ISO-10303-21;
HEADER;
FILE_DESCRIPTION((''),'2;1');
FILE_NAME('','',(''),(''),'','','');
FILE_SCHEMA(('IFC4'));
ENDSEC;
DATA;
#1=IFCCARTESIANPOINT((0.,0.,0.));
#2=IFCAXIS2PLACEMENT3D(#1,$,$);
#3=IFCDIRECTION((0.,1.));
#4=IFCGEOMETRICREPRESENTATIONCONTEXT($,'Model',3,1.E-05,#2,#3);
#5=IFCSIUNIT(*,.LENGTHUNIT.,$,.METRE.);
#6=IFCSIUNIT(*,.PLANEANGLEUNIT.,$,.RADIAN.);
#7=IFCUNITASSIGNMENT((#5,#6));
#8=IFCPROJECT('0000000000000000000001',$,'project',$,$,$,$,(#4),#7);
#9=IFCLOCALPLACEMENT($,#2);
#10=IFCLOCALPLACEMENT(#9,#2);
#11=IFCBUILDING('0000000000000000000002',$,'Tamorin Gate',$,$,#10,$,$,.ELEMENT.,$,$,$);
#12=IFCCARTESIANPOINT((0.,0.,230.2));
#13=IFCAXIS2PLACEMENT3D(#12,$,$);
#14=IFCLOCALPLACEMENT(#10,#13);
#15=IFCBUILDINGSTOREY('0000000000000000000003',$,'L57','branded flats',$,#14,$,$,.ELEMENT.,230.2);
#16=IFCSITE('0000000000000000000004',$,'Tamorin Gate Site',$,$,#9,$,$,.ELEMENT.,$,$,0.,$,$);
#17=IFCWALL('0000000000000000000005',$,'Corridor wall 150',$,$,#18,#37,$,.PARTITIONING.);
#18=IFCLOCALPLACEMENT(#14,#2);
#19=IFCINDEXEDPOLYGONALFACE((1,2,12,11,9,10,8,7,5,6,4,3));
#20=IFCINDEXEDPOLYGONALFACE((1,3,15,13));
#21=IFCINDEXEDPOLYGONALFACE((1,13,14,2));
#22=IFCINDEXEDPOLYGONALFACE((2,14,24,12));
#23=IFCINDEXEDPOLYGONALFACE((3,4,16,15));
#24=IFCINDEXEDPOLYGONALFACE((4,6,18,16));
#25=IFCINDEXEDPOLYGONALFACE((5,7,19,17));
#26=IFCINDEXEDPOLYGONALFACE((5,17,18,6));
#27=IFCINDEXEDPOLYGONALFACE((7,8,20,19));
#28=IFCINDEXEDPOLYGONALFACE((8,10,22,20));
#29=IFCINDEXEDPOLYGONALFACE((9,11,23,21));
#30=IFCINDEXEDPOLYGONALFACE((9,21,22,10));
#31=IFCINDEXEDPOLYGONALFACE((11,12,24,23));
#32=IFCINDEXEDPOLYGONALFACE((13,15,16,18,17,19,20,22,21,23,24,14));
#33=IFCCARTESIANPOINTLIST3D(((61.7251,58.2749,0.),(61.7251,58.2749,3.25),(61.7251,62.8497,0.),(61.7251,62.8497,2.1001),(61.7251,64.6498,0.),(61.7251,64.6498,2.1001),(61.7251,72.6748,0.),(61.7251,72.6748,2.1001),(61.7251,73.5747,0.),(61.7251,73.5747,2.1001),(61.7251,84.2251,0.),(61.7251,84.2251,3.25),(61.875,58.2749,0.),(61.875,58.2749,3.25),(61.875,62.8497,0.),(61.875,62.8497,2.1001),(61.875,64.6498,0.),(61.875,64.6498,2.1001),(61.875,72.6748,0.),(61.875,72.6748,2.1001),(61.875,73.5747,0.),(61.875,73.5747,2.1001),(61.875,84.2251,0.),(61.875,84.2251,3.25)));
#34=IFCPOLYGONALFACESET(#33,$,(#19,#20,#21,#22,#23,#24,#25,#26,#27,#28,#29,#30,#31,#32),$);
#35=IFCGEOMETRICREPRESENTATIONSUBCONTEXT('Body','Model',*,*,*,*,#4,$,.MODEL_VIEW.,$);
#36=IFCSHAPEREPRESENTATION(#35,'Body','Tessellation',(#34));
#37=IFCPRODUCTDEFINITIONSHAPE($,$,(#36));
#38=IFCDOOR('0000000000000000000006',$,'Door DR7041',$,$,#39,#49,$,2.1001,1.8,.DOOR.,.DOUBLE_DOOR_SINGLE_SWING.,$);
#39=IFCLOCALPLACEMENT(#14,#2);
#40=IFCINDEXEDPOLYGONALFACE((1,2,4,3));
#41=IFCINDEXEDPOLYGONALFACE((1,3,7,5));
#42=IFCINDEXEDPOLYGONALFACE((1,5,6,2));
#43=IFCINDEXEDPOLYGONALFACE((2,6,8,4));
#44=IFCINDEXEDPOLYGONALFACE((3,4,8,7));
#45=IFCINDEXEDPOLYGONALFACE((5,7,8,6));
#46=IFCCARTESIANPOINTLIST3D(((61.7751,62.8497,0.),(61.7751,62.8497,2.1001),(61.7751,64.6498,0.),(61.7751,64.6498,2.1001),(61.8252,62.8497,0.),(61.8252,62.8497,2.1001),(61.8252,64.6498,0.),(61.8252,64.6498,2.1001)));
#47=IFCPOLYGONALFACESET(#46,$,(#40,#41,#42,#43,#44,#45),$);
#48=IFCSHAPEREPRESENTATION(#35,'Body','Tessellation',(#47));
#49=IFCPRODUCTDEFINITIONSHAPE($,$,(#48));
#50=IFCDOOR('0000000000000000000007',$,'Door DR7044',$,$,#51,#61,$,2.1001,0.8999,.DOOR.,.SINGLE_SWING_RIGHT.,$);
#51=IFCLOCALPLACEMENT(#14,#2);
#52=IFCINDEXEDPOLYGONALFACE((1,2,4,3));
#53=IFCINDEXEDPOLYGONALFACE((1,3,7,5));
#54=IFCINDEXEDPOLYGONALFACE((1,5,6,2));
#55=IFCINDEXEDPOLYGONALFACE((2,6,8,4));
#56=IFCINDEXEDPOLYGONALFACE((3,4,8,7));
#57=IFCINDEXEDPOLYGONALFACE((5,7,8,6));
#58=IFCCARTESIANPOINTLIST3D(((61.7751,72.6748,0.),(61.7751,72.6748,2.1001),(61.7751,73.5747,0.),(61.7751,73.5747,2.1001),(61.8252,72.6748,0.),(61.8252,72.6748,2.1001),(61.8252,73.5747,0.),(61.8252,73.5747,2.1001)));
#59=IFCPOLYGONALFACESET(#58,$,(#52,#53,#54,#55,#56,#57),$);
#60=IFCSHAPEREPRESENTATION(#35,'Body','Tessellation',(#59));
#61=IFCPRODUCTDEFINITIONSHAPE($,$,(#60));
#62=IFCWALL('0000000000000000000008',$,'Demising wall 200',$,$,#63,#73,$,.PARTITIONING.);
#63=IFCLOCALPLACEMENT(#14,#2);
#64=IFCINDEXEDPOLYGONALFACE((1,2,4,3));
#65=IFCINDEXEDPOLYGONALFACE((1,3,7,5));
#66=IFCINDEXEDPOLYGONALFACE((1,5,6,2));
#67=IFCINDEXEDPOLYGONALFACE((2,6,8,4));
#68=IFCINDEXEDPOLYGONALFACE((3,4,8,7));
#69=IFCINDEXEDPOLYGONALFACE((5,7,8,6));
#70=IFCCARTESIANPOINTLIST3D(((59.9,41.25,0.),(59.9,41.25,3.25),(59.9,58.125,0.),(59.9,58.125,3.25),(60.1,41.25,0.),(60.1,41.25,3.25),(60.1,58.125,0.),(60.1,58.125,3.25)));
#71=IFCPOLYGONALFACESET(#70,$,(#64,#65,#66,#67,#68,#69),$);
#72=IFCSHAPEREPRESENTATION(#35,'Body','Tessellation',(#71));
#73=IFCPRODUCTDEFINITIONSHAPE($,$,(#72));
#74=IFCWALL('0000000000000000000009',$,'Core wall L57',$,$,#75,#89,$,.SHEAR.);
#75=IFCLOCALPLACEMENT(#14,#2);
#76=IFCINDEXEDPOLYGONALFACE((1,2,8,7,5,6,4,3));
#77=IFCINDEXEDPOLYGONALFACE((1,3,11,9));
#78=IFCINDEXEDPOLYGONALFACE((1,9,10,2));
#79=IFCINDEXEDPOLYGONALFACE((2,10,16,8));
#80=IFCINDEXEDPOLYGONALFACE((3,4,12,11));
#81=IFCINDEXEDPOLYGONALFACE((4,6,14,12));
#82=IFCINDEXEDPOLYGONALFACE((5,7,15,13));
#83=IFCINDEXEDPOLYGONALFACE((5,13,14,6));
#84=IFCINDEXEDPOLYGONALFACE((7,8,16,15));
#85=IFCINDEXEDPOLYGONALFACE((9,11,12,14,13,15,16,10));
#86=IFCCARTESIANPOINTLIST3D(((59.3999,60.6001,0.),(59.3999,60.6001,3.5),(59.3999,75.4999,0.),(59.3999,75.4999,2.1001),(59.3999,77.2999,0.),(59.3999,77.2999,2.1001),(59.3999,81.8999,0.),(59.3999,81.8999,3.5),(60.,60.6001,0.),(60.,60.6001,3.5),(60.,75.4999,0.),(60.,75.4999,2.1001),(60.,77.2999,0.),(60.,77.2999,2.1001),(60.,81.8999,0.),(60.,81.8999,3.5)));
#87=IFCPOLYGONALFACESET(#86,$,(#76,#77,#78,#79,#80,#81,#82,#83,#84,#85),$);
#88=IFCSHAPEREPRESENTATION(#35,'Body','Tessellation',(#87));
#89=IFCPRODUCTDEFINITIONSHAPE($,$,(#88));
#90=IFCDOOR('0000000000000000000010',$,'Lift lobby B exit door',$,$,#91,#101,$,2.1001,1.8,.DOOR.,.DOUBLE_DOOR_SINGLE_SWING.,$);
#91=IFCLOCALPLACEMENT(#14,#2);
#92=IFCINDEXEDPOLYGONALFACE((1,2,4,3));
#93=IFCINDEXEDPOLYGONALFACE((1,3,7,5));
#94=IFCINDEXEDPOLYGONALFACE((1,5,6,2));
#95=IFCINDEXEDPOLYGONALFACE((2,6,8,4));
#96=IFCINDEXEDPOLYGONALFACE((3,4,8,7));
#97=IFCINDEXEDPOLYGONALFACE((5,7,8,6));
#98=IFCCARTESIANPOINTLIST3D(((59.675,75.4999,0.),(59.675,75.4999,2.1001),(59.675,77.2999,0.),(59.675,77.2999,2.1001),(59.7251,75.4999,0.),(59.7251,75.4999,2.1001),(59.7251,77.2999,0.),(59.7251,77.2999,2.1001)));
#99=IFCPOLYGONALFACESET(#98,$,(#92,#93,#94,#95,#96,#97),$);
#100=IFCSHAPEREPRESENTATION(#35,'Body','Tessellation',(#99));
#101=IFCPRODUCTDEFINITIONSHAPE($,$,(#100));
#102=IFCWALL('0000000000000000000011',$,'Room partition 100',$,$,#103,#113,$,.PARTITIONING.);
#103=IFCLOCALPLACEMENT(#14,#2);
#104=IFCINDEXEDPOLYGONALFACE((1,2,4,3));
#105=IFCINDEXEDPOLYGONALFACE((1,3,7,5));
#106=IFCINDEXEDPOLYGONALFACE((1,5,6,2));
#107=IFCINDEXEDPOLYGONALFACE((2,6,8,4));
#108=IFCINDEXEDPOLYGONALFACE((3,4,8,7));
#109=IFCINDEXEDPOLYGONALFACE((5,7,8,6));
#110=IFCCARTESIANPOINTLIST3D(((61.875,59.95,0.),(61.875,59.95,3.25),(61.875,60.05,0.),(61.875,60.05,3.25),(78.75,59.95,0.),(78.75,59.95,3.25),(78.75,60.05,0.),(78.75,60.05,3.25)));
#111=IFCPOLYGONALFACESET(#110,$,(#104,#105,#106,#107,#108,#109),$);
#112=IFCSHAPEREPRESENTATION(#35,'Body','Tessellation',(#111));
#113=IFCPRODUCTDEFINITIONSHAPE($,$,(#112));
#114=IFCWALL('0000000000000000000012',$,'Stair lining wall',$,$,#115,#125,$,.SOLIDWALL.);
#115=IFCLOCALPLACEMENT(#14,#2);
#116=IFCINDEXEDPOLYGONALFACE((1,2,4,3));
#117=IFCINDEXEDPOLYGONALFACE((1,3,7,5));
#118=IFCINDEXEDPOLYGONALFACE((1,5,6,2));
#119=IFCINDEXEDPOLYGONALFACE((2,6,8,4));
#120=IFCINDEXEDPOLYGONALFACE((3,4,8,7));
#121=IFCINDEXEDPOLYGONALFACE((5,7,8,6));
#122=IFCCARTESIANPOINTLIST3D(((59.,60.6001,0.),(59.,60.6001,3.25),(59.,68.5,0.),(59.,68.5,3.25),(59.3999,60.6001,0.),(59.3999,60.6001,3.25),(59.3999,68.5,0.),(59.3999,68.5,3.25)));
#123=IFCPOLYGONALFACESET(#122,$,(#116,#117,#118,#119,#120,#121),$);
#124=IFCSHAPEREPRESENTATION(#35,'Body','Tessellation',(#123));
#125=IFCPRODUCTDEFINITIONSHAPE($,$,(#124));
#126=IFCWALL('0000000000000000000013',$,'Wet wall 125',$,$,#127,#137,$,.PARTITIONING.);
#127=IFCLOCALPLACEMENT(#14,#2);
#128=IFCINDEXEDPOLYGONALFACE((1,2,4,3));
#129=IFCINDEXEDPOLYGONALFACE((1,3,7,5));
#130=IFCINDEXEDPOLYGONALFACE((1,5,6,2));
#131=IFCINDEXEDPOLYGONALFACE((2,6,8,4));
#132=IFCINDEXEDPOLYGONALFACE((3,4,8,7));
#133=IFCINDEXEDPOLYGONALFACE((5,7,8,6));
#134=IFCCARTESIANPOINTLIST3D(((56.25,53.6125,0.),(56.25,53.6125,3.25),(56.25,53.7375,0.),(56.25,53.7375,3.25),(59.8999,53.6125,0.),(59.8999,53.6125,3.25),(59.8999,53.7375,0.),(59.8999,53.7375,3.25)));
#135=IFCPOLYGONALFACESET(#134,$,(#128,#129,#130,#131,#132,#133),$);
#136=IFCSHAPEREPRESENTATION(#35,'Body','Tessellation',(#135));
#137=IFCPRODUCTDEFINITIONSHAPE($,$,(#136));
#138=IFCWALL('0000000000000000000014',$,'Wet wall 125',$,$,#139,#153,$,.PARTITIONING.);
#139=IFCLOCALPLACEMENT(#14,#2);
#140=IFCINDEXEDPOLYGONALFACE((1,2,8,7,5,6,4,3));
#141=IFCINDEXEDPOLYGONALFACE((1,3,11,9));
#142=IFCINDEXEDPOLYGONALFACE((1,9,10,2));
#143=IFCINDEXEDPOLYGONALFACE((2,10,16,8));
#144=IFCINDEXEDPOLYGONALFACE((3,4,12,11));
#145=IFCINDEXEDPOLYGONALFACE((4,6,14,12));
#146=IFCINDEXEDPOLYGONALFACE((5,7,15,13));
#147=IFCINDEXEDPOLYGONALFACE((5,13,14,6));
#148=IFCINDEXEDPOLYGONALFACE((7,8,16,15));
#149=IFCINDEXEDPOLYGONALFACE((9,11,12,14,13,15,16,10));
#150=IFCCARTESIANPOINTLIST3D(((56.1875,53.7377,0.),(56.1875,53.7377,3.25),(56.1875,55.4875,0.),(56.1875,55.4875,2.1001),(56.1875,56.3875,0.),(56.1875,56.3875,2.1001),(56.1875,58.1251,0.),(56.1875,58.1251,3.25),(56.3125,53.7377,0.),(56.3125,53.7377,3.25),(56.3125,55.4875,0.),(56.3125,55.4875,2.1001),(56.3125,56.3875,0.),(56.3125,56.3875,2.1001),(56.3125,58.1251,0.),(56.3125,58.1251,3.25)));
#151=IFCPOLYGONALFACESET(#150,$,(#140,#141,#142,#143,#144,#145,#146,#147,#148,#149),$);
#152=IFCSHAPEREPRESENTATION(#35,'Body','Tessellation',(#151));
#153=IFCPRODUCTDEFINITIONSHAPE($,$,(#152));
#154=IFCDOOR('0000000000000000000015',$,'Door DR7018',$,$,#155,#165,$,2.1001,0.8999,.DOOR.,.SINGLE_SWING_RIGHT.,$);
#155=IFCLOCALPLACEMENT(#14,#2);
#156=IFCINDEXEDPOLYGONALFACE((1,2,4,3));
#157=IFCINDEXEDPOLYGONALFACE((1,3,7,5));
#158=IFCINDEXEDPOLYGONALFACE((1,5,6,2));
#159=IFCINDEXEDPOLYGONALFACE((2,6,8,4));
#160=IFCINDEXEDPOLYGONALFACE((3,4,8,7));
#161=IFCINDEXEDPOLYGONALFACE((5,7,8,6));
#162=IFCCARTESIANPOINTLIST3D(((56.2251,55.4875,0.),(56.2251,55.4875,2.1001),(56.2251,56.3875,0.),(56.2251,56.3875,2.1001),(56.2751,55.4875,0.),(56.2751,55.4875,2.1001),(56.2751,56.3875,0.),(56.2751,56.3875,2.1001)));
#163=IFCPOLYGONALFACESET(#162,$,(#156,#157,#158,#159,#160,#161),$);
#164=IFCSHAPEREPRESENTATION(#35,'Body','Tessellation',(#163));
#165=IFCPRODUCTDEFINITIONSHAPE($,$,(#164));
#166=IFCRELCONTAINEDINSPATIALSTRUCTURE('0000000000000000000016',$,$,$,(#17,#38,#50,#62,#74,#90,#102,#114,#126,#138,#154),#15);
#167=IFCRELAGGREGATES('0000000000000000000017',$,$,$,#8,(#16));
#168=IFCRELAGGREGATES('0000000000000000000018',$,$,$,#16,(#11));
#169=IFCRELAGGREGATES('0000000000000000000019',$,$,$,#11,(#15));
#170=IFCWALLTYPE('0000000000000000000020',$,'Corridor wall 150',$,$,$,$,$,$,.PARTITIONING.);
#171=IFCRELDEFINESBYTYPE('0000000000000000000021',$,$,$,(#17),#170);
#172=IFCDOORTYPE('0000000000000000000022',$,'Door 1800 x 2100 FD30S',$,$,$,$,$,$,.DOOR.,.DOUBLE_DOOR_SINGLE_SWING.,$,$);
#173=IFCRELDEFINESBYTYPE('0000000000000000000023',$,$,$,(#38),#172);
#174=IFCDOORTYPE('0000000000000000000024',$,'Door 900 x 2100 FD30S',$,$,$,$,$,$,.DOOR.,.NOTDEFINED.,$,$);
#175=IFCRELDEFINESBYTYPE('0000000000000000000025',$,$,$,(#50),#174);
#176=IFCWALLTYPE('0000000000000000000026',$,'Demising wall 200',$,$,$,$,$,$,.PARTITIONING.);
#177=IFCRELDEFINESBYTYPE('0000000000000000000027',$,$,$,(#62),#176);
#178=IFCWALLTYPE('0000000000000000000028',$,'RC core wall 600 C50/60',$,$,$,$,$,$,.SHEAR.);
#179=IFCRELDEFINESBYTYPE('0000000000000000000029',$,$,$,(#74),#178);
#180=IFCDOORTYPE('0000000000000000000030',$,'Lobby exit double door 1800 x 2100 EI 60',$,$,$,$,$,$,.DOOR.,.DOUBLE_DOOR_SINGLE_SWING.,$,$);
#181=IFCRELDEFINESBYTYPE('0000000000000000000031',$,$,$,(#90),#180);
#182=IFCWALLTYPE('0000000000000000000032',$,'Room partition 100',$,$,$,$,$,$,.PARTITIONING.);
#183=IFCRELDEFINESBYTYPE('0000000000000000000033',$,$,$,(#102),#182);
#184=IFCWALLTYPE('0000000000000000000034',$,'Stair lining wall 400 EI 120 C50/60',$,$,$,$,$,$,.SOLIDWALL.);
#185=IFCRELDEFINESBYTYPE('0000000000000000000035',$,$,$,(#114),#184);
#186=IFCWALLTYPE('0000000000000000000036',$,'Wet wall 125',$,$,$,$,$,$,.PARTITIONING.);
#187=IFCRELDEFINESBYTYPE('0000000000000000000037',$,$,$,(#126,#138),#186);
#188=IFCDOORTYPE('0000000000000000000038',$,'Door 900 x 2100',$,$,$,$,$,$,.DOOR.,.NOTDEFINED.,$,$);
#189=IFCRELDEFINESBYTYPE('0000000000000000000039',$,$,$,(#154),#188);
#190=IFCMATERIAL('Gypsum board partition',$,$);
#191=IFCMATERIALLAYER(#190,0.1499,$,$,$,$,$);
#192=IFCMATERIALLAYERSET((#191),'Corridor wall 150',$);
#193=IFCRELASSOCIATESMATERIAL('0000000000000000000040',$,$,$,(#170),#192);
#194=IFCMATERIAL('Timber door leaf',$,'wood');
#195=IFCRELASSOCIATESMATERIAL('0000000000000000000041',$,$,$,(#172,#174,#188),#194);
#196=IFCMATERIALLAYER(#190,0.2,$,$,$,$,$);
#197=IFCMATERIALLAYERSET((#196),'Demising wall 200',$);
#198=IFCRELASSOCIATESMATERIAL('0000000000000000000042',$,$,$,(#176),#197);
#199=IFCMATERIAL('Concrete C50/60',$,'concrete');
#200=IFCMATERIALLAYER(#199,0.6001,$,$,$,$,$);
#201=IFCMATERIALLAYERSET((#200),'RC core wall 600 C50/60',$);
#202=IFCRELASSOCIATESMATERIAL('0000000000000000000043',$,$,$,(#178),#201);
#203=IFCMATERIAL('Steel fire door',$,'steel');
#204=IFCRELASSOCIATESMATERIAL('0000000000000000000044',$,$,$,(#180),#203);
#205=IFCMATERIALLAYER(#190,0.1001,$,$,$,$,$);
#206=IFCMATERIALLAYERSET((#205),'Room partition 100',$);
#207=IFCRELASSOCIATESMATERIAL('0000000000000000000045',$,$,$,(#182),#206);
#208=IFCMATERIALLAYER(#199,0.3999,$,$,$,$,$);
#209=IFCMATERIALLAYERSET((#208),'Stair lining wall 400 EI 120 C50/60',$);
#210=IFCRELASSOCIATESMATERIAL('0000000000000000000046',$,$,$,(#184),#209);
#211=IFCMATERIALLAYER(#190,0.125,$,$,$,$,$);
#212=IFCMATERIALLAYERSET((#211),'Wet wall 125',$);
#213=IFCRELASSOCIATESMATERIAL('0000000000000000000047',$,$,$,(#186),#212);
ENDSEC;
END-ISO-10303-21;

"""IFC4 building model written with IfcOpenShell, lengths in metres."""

from ifc_helpers import new_model, si_unit, direction, frame, frame_2d, origin, place, context, subcontext, project, spatial, rectangle, extrude, material, layer, layer_set, type_object, element, fill, save


model = new_model("IFC4")

# Units and contexts
model_context = context("Model", 3, precision=1e-05, world=origin(), true_north=direction((0.0, 1.0)))
body_context = subcontext(model_context, "Body", "Model", "MODEL_VIEW")
ifc_project = project(units=[si_unit("LENGTHUNIT", "METRE"), si_unit("PLANEANGLEUNIT", "RADIAN")], contexts=[model_context])

# Site, building, storey
site_placement = place(None, origin())
site = spatial("IfcSite", under=ifc_project, at=site_placement, Name="Tamorin Gate Site", CompositionType="ELEMENT", RefElevation=0.0)
building_placement = place(site_placement, origin())
building = spatial("IfcBuilding", under=site, at=building_placement, Name="Tamorin Gate", CompositionType="ELEMENT")
storey_placement = place(building_placement, frame((0.0, 0.0, 230.2)))
storey = spatial("IfcBuildingStorey", under=building, at=storey_placement, Name="L57", Description="branded flats", CompositionType="ELEMENT", Elevation=230.2)

# Shared definitions
ifc_material_1 = material(Name="Concrete C50/60", Category="concrete")

# Wall, openings, doors
ifc_material_2 = material(Name="Gypsum board partition")
ifc_layer_1 = layer(ifc_material_2, 0.1499)
ifc_layer_set_1 = layer_set([ifc_layer_1], Name="Corridor wall 150")
wall_type_1 = type_object("IfcWallType", Name="Corridor wall 150", PredefinedType="PARTITIONING", material=ifc_layer_set_1)
wall_1_placement = place(storey_placement, frame((61.8, 58.2749, 0.0), z_axis=(0.0, 0.0, 1.0), x_axis=(0.0, 1.0, 0.0)))
wall_1 = element("IfcWall", 1, at=wall_1_placement, inside=storey, type_object=wall_type_1, Name="Corridor wall 150", PredefinedType="PARTITIONING", context=body_context, shape_type="SweptSolid", body=[
    extrude(rectangle(XDim=25.9502, YDim=0.1499, at=frame_2d((12.9751, 0.0))), origin(), (0.0, 0.0, 1.0), 3.25),
])
opening_1_placement = place(wall_1_placement, frame((4.575, 0.0, 0.0)))
opening_1 = element("IfcOpeningElement", 2, at=opening_1_placement, cuts=wall_1, PredefinedType="OPENING", context=body_context, shape_type="SweptSolid", body=[
    extrude(rectangle(XDim=1.8, YDim=2.1001, at=frame_2d((0.8999, 1.05))), frame((0.0, 0.085, 0.0), z_axis=(0.0, -1.0, 0.0), x_axis=(1.0, 0.0, 0.0)), (0.0, 0.0, 1.0), 0.1699),
])
opening_2_placement = place(wall_1_placement, frame((14.3999, 0.0, 0.0)))
opening_2 = element("IfcOpeningElement", 3, at=opening_2_placement, cuts=wall_1, PredefinedType="OPENING", context=body_context, shape_type="SweptSolid", body=[
    extrude(rectangle(XDim=0.8999, YDim=2.1001, at=frame_2d((0.45, 1.05))), frame((0.0, 0.085, 0.0), z_axis=(0.0, -1.0, 0.0), x_axis=(1.0, 0.0, 0.0)), (0.0, 0.0, 1.0), 0.1699),
])
ifc_material_3 = material(Name="Timber door leaf", Category="wood")
door_type_1 = type_object("IfcDoorType", Name="Door 1800 x 2100 FD30S", OperationType="DOUBLE_DOOR_SINGLE_SWING", PredefinedType="DOOR", material=ifc_material_3)
door_1_placement = place(opening_1_placement, origin())
door_1 = element("IfcDoor", 4, at=door_1_placement, inside=storey, type_object=door_type_1, Name="Door DR7041", OperationType="DOUBLE_DOOR_SINGLE_SWING", OverallHeight=2.1001, OverallWidth=1.8, PredefinedType="DOOR", context=body_context, shape_type="SweptSolid", body=[
    extrude(rectangle(XDim=1.8, YDim=2.1001, at=frame_2d((0.8999, 1.05))), frame((0.0, 0.0249, 0.0), z_axis=(0.0, -1.0, 0.0), x_axis=(1.0, 0.0, 0.0)), (0.0, 0.0, 1.0), 0.05),
])
fill(opening_1, door_1)
door_type_2 = type_object("IfcDoorType", Name="Door 900 x 2100 FD30S", OperationType="NOTDEFINED", PredefinedType="DOOR", material=ifc_material_3)
door_2_placement = place(opening_2_placement, origin())
door_2 = element("IfcDoor", 5, at=door_2_placement, inside=storey, type_object=door_type_2, Name="Door DR7044", OperationType="SINGLE_SWING_RIGHT", OverallHeight=2.1001, OverallWidth=0.8999, PredefinedType="DOOR", context=body_context, shape_type="SweptSolid", body=[
    extrude(rectangle(XDim=0.8999, YDim=2.1001, at=frame_2d((0.45, 1.05))), frame((0.0, 0.0249, 0.0), z_axis=(0.0, -1.0, 0.0), x_axis=(1.0, 0.0, 0.0)), (0.0, 0.0, 1.0), 0.05),
])
fill(opening_2, door_2)

# Wall
ifc_layer_2 = layer(ifc_material_2, 0.2)
ifc_layer_set_2 = layer_set([ifc_layer_2], Name="Demising wall 200")
wall_type_2 = type_object("IfcWallType", Name="Demising wall 200", PredefinedType="PARTITIONING", material=ifc_layer_set_2)
wall_2_placement = place(storey_placement, frame((60.0, 41.25, 0.0), z_axis=(0.0, 0.0, 1.0), x_axis=(0.0, 1.0, 0.0)))
element("IfcWall", 6, at=wall_2_placement, inside=storey, type_object=wall_type_2, Name="Demising wall 200", PredefinedType="PARTITIONING", context=body_context, shape_type="SweptSolid", body=[
    extrude(rectangle(XDim=16.875, YDim=0.2, at=frame_2d((8.4375, 0.0))), origin(), (0.0, 0.0, 1.0), 3.25),
])

# Wall, opening, door
ifc_layer_3 = layer(ifc_material_1, 0.6001)
ifc_layer_set_3 = layer_set([ifc_layer_3], Name="RC core wall 600 C50/60")
wall_type_3 = type_object("IfcWallType", Name="RC core wall 600 C50/60", PredefinedType="SHEAR", material=ifc_layer_set_3)
wall_3_placement = place(storey_placement, frame((59.7, 60.6001, 0.0), z_axis=(0.0, 0.0, 1.0), x_axis=(0.0, 1.0, 0.0)))
wall_3 = element("IfcWall", 7, at=wall_3_placement, inside=storey, type_object=wall_type_3, Name="Core wall L57", PredefinedType="SHEAR", context=body_context, shape_type="SweptSolid", body=[
    extrude(rectangle(XDim=21.2998, YDim=0.6001, at=frame_2d((10.6499, 0.0))), origin(), (0.0, 0.0, 1.0), 3.5),
])
opening_3_placement = place(wall_3_placement, frame((14.8999, 0.0, 0.0)))
opening_3 = element("IfcOpeningElement", 8, at=opening_3_placement, cuts=wall_3, PredefinedType="OPENING", context=body_context, shape_type="SweptSolid", body=[
    extrude(rectangle(XDim=1.8, YDim=2.1001, at=frame_2d((0.8999, 1.05))), frame((0.0, 0.3101, 0.0), z_axis=(0.0, -1.0, 0.0), x_axis=(1.0, 0.0, 0.0)), (0.0, 0.0, 1.0), 0.6201),
])
ifc_material_4 = material(Name="Steel fire door", Category="steel")
door_type_3 = type_object("IfcDoorType", Name="Lobby exit double door 1800 x 2100 EI 60", OperationType="DOUBLE_DOOR_SINGLE_SWING", PredefinedType="DOOR", material=ifc_material_4)
door_3_placement = place(opening_3_placement, origin())
door_3 = element("IfcDoor", 9, at=door_3_placement, inside=storey, type_object=door_type_3, Name="Lift lobby B exit door", OperationType="DOUBLE_DOOR_SINGLE_SWING", OverallHeight=2.1001, OverallWidth=1.8, PredefinedType="DOOR", context=body_context, shape_type="SweptSolid", body=[
    extrude(rectangle(XDim=1.8, YDim=2.1001, at=frame_2d((0.8999, 1.05))), frame((0.0, 0.0249, 0.0), z_axis=(0.0, -1.0, 0.0), x_axis=(1.0, 0.0, 0.0)), (0.0, 0.0, 1.0), 0.05),
])
fill(opening_3, door_3)

# Walls
ifc_layer_4 = layer(ifc_material_2, 0.1001)
ifc_layer_set_4 = layer_set([ifc_layer_4], Name="Room partition 100")
wall_type_4 = type_object("IfcWallType", Name="Room partition 100", PredefinedType="PARTITIONING", material=ifc_layer_set_4)
wall_4_placement = place(storey_placement, frame((61.875, 60.0, 0.0), z_axis=(0.0, 0.0, 1.0), x_axis=(1.0, 0.0, 0.0)))
element("IfcWall", 10, at=wall_4_placement, inside=storey, type_object=wall_type_4, Name="Room partition 100", PredefinedType="PARTITIONING", context=body_context, shape_type="SweptSolid", body=[
    extrude(rectangle(XDim=16.875, YDim=0.1001, at=frame_2d((8.4375, 0.0))), origin(), (0.0, 0.0, 1.0), 3.25),
])
ifc_layer_5 = layer(ifc_material_1, 0.3999)
ifc_layer_set_5 = layer_set([ifc_layer_5], Name="Stair lining wall 400 EI 120 C50/60")
wall_type_5 = type_object("IfcWallType", Name="Stair lining wall 400 EI 120 C50/60", PredefinedType="SOLIDWALL", material=ifc_layer_set_5)
wall_5_placement = place(storey_placement, frame((59.2, 60.6001, 0.0), z_axis=(0.0, 0.0, 1.0), x_axis=(0.0, 1.0, 0.0)))
element("IfcWall", 11, at=wall_5_placement, inside=storey, type_object=wall_type_5, Name="Stair lining wall", PredefinedType="SOLIDWALL", context=body_context, shape_type="SweptSolid", body=[
    extrude(rectangle(XDim=7.8999, YDim=0.3999, at=frame_2d((3.95, 0.0))), origin(), (0.0, 0.0, 1.0), 3.25),
])
ifc_layer_6 = layer(ifc_material_2, 0.125)
ifc_layer_set_6 = layer_set([ifc_layer_6], Name="Wet wall 125")
wall_type_6 = type_object("IfcWallType", Name="Wet wall 125", PredefinedType="PARTITIONING", material=ifc_layer_set_6)
wall_6_placement = place(storey_placement, frame((56.25, 53.675, 0.0), z_axis=(0.0, 0.0, 1.0), x_axis=(1.0, 0.0, 0.0)))
element("IfcWall", 12, at=wall_6_placement, inside=storey, type_object=wall_type_6, Name="Wet wall 125", PredefinedType="PARTITIONING", context=body_context, shape_type="SweptSolid", body=[
    extrude(rectangle(XDim=3.6499, YDim=0.125, at=frame_2d((1.825, 0.0))), origin(), (0.0, 0.0, 1.0), 3.25),
])

# Wall, opening, door
wall_7_placement = place(storey_placement, frame((56.25, 53.7375, 0.0), z_axis=(0.0, 0.0, 1.0), x_axis=(0.0, 1.0, 0.0)))
wall_7 = element("IfcWall", 13, at=wall_7_placement, inside=storey, type_object=wall_type_6, Name="Wet wall 125", PredefinedType="PARTITIONING", context=body_context, shape_type="SweptSolid", body=[
    extrude(rectangle(XDim=4.3875, YDim=0.125, at=frame_2d((2.1938, 0.0))), origin(), (0.0, 0.0, 1.0), 3.25),
])
opening_4_placement = place(wall_7_placement, frame((1.75, 0.0, 0.0)))
opening_4 = element("IfcOpeningElement", 14, at=opening_4_placement, cuts=wall_7, PredefinedType="OPENING", context=body_context, shape_type="SweptSolid", body=[
    extrude(rectangle(XDim=0.8999, YDim=2.1001, at=frame_2d((0.45, 1.05))), frame((0.0, 0.0725, 0.0), z_axis=(0.0, -1.0, 0.0), x_axis=(1.0, 0.0, 0.0)), (0.0, 0.0, 1.0), 0.145),
])
door_type_4 = type_object("IfcDoorType", Name="Door 900 x 2100", OperationType="NOTDEFINED", PredefinedType="DOOR", material=ifc_material_3)
door_4_placement = place(opening_4_placement, origin())
door_4 = element("IfcDoor", 15, at=door_4_placement, inside=storey, type_object=door_type_4, Name="Door DR7018", OperationType="SINGLE_SWING_RIGHT", OverallHeight=2.1001, OverallWidth=0.8999, PredefinedType="DOOR", context=body_context, shape_type="SweptSolid", body=[
    extrude(rectangle(XDim=0.8999, YDim=2.1001, at=frame_2d((0.45, 1.05))), frame((0.0, 0.0249, 0.0), z_axis=(0.0, -1.0, 0.0), x_axis=(1.0, 0.0, 0.0)), (0.0, 0.0, 1.0), 0.05),
])
fill(opening_4, door_4)

save(model, "model.ifc")
